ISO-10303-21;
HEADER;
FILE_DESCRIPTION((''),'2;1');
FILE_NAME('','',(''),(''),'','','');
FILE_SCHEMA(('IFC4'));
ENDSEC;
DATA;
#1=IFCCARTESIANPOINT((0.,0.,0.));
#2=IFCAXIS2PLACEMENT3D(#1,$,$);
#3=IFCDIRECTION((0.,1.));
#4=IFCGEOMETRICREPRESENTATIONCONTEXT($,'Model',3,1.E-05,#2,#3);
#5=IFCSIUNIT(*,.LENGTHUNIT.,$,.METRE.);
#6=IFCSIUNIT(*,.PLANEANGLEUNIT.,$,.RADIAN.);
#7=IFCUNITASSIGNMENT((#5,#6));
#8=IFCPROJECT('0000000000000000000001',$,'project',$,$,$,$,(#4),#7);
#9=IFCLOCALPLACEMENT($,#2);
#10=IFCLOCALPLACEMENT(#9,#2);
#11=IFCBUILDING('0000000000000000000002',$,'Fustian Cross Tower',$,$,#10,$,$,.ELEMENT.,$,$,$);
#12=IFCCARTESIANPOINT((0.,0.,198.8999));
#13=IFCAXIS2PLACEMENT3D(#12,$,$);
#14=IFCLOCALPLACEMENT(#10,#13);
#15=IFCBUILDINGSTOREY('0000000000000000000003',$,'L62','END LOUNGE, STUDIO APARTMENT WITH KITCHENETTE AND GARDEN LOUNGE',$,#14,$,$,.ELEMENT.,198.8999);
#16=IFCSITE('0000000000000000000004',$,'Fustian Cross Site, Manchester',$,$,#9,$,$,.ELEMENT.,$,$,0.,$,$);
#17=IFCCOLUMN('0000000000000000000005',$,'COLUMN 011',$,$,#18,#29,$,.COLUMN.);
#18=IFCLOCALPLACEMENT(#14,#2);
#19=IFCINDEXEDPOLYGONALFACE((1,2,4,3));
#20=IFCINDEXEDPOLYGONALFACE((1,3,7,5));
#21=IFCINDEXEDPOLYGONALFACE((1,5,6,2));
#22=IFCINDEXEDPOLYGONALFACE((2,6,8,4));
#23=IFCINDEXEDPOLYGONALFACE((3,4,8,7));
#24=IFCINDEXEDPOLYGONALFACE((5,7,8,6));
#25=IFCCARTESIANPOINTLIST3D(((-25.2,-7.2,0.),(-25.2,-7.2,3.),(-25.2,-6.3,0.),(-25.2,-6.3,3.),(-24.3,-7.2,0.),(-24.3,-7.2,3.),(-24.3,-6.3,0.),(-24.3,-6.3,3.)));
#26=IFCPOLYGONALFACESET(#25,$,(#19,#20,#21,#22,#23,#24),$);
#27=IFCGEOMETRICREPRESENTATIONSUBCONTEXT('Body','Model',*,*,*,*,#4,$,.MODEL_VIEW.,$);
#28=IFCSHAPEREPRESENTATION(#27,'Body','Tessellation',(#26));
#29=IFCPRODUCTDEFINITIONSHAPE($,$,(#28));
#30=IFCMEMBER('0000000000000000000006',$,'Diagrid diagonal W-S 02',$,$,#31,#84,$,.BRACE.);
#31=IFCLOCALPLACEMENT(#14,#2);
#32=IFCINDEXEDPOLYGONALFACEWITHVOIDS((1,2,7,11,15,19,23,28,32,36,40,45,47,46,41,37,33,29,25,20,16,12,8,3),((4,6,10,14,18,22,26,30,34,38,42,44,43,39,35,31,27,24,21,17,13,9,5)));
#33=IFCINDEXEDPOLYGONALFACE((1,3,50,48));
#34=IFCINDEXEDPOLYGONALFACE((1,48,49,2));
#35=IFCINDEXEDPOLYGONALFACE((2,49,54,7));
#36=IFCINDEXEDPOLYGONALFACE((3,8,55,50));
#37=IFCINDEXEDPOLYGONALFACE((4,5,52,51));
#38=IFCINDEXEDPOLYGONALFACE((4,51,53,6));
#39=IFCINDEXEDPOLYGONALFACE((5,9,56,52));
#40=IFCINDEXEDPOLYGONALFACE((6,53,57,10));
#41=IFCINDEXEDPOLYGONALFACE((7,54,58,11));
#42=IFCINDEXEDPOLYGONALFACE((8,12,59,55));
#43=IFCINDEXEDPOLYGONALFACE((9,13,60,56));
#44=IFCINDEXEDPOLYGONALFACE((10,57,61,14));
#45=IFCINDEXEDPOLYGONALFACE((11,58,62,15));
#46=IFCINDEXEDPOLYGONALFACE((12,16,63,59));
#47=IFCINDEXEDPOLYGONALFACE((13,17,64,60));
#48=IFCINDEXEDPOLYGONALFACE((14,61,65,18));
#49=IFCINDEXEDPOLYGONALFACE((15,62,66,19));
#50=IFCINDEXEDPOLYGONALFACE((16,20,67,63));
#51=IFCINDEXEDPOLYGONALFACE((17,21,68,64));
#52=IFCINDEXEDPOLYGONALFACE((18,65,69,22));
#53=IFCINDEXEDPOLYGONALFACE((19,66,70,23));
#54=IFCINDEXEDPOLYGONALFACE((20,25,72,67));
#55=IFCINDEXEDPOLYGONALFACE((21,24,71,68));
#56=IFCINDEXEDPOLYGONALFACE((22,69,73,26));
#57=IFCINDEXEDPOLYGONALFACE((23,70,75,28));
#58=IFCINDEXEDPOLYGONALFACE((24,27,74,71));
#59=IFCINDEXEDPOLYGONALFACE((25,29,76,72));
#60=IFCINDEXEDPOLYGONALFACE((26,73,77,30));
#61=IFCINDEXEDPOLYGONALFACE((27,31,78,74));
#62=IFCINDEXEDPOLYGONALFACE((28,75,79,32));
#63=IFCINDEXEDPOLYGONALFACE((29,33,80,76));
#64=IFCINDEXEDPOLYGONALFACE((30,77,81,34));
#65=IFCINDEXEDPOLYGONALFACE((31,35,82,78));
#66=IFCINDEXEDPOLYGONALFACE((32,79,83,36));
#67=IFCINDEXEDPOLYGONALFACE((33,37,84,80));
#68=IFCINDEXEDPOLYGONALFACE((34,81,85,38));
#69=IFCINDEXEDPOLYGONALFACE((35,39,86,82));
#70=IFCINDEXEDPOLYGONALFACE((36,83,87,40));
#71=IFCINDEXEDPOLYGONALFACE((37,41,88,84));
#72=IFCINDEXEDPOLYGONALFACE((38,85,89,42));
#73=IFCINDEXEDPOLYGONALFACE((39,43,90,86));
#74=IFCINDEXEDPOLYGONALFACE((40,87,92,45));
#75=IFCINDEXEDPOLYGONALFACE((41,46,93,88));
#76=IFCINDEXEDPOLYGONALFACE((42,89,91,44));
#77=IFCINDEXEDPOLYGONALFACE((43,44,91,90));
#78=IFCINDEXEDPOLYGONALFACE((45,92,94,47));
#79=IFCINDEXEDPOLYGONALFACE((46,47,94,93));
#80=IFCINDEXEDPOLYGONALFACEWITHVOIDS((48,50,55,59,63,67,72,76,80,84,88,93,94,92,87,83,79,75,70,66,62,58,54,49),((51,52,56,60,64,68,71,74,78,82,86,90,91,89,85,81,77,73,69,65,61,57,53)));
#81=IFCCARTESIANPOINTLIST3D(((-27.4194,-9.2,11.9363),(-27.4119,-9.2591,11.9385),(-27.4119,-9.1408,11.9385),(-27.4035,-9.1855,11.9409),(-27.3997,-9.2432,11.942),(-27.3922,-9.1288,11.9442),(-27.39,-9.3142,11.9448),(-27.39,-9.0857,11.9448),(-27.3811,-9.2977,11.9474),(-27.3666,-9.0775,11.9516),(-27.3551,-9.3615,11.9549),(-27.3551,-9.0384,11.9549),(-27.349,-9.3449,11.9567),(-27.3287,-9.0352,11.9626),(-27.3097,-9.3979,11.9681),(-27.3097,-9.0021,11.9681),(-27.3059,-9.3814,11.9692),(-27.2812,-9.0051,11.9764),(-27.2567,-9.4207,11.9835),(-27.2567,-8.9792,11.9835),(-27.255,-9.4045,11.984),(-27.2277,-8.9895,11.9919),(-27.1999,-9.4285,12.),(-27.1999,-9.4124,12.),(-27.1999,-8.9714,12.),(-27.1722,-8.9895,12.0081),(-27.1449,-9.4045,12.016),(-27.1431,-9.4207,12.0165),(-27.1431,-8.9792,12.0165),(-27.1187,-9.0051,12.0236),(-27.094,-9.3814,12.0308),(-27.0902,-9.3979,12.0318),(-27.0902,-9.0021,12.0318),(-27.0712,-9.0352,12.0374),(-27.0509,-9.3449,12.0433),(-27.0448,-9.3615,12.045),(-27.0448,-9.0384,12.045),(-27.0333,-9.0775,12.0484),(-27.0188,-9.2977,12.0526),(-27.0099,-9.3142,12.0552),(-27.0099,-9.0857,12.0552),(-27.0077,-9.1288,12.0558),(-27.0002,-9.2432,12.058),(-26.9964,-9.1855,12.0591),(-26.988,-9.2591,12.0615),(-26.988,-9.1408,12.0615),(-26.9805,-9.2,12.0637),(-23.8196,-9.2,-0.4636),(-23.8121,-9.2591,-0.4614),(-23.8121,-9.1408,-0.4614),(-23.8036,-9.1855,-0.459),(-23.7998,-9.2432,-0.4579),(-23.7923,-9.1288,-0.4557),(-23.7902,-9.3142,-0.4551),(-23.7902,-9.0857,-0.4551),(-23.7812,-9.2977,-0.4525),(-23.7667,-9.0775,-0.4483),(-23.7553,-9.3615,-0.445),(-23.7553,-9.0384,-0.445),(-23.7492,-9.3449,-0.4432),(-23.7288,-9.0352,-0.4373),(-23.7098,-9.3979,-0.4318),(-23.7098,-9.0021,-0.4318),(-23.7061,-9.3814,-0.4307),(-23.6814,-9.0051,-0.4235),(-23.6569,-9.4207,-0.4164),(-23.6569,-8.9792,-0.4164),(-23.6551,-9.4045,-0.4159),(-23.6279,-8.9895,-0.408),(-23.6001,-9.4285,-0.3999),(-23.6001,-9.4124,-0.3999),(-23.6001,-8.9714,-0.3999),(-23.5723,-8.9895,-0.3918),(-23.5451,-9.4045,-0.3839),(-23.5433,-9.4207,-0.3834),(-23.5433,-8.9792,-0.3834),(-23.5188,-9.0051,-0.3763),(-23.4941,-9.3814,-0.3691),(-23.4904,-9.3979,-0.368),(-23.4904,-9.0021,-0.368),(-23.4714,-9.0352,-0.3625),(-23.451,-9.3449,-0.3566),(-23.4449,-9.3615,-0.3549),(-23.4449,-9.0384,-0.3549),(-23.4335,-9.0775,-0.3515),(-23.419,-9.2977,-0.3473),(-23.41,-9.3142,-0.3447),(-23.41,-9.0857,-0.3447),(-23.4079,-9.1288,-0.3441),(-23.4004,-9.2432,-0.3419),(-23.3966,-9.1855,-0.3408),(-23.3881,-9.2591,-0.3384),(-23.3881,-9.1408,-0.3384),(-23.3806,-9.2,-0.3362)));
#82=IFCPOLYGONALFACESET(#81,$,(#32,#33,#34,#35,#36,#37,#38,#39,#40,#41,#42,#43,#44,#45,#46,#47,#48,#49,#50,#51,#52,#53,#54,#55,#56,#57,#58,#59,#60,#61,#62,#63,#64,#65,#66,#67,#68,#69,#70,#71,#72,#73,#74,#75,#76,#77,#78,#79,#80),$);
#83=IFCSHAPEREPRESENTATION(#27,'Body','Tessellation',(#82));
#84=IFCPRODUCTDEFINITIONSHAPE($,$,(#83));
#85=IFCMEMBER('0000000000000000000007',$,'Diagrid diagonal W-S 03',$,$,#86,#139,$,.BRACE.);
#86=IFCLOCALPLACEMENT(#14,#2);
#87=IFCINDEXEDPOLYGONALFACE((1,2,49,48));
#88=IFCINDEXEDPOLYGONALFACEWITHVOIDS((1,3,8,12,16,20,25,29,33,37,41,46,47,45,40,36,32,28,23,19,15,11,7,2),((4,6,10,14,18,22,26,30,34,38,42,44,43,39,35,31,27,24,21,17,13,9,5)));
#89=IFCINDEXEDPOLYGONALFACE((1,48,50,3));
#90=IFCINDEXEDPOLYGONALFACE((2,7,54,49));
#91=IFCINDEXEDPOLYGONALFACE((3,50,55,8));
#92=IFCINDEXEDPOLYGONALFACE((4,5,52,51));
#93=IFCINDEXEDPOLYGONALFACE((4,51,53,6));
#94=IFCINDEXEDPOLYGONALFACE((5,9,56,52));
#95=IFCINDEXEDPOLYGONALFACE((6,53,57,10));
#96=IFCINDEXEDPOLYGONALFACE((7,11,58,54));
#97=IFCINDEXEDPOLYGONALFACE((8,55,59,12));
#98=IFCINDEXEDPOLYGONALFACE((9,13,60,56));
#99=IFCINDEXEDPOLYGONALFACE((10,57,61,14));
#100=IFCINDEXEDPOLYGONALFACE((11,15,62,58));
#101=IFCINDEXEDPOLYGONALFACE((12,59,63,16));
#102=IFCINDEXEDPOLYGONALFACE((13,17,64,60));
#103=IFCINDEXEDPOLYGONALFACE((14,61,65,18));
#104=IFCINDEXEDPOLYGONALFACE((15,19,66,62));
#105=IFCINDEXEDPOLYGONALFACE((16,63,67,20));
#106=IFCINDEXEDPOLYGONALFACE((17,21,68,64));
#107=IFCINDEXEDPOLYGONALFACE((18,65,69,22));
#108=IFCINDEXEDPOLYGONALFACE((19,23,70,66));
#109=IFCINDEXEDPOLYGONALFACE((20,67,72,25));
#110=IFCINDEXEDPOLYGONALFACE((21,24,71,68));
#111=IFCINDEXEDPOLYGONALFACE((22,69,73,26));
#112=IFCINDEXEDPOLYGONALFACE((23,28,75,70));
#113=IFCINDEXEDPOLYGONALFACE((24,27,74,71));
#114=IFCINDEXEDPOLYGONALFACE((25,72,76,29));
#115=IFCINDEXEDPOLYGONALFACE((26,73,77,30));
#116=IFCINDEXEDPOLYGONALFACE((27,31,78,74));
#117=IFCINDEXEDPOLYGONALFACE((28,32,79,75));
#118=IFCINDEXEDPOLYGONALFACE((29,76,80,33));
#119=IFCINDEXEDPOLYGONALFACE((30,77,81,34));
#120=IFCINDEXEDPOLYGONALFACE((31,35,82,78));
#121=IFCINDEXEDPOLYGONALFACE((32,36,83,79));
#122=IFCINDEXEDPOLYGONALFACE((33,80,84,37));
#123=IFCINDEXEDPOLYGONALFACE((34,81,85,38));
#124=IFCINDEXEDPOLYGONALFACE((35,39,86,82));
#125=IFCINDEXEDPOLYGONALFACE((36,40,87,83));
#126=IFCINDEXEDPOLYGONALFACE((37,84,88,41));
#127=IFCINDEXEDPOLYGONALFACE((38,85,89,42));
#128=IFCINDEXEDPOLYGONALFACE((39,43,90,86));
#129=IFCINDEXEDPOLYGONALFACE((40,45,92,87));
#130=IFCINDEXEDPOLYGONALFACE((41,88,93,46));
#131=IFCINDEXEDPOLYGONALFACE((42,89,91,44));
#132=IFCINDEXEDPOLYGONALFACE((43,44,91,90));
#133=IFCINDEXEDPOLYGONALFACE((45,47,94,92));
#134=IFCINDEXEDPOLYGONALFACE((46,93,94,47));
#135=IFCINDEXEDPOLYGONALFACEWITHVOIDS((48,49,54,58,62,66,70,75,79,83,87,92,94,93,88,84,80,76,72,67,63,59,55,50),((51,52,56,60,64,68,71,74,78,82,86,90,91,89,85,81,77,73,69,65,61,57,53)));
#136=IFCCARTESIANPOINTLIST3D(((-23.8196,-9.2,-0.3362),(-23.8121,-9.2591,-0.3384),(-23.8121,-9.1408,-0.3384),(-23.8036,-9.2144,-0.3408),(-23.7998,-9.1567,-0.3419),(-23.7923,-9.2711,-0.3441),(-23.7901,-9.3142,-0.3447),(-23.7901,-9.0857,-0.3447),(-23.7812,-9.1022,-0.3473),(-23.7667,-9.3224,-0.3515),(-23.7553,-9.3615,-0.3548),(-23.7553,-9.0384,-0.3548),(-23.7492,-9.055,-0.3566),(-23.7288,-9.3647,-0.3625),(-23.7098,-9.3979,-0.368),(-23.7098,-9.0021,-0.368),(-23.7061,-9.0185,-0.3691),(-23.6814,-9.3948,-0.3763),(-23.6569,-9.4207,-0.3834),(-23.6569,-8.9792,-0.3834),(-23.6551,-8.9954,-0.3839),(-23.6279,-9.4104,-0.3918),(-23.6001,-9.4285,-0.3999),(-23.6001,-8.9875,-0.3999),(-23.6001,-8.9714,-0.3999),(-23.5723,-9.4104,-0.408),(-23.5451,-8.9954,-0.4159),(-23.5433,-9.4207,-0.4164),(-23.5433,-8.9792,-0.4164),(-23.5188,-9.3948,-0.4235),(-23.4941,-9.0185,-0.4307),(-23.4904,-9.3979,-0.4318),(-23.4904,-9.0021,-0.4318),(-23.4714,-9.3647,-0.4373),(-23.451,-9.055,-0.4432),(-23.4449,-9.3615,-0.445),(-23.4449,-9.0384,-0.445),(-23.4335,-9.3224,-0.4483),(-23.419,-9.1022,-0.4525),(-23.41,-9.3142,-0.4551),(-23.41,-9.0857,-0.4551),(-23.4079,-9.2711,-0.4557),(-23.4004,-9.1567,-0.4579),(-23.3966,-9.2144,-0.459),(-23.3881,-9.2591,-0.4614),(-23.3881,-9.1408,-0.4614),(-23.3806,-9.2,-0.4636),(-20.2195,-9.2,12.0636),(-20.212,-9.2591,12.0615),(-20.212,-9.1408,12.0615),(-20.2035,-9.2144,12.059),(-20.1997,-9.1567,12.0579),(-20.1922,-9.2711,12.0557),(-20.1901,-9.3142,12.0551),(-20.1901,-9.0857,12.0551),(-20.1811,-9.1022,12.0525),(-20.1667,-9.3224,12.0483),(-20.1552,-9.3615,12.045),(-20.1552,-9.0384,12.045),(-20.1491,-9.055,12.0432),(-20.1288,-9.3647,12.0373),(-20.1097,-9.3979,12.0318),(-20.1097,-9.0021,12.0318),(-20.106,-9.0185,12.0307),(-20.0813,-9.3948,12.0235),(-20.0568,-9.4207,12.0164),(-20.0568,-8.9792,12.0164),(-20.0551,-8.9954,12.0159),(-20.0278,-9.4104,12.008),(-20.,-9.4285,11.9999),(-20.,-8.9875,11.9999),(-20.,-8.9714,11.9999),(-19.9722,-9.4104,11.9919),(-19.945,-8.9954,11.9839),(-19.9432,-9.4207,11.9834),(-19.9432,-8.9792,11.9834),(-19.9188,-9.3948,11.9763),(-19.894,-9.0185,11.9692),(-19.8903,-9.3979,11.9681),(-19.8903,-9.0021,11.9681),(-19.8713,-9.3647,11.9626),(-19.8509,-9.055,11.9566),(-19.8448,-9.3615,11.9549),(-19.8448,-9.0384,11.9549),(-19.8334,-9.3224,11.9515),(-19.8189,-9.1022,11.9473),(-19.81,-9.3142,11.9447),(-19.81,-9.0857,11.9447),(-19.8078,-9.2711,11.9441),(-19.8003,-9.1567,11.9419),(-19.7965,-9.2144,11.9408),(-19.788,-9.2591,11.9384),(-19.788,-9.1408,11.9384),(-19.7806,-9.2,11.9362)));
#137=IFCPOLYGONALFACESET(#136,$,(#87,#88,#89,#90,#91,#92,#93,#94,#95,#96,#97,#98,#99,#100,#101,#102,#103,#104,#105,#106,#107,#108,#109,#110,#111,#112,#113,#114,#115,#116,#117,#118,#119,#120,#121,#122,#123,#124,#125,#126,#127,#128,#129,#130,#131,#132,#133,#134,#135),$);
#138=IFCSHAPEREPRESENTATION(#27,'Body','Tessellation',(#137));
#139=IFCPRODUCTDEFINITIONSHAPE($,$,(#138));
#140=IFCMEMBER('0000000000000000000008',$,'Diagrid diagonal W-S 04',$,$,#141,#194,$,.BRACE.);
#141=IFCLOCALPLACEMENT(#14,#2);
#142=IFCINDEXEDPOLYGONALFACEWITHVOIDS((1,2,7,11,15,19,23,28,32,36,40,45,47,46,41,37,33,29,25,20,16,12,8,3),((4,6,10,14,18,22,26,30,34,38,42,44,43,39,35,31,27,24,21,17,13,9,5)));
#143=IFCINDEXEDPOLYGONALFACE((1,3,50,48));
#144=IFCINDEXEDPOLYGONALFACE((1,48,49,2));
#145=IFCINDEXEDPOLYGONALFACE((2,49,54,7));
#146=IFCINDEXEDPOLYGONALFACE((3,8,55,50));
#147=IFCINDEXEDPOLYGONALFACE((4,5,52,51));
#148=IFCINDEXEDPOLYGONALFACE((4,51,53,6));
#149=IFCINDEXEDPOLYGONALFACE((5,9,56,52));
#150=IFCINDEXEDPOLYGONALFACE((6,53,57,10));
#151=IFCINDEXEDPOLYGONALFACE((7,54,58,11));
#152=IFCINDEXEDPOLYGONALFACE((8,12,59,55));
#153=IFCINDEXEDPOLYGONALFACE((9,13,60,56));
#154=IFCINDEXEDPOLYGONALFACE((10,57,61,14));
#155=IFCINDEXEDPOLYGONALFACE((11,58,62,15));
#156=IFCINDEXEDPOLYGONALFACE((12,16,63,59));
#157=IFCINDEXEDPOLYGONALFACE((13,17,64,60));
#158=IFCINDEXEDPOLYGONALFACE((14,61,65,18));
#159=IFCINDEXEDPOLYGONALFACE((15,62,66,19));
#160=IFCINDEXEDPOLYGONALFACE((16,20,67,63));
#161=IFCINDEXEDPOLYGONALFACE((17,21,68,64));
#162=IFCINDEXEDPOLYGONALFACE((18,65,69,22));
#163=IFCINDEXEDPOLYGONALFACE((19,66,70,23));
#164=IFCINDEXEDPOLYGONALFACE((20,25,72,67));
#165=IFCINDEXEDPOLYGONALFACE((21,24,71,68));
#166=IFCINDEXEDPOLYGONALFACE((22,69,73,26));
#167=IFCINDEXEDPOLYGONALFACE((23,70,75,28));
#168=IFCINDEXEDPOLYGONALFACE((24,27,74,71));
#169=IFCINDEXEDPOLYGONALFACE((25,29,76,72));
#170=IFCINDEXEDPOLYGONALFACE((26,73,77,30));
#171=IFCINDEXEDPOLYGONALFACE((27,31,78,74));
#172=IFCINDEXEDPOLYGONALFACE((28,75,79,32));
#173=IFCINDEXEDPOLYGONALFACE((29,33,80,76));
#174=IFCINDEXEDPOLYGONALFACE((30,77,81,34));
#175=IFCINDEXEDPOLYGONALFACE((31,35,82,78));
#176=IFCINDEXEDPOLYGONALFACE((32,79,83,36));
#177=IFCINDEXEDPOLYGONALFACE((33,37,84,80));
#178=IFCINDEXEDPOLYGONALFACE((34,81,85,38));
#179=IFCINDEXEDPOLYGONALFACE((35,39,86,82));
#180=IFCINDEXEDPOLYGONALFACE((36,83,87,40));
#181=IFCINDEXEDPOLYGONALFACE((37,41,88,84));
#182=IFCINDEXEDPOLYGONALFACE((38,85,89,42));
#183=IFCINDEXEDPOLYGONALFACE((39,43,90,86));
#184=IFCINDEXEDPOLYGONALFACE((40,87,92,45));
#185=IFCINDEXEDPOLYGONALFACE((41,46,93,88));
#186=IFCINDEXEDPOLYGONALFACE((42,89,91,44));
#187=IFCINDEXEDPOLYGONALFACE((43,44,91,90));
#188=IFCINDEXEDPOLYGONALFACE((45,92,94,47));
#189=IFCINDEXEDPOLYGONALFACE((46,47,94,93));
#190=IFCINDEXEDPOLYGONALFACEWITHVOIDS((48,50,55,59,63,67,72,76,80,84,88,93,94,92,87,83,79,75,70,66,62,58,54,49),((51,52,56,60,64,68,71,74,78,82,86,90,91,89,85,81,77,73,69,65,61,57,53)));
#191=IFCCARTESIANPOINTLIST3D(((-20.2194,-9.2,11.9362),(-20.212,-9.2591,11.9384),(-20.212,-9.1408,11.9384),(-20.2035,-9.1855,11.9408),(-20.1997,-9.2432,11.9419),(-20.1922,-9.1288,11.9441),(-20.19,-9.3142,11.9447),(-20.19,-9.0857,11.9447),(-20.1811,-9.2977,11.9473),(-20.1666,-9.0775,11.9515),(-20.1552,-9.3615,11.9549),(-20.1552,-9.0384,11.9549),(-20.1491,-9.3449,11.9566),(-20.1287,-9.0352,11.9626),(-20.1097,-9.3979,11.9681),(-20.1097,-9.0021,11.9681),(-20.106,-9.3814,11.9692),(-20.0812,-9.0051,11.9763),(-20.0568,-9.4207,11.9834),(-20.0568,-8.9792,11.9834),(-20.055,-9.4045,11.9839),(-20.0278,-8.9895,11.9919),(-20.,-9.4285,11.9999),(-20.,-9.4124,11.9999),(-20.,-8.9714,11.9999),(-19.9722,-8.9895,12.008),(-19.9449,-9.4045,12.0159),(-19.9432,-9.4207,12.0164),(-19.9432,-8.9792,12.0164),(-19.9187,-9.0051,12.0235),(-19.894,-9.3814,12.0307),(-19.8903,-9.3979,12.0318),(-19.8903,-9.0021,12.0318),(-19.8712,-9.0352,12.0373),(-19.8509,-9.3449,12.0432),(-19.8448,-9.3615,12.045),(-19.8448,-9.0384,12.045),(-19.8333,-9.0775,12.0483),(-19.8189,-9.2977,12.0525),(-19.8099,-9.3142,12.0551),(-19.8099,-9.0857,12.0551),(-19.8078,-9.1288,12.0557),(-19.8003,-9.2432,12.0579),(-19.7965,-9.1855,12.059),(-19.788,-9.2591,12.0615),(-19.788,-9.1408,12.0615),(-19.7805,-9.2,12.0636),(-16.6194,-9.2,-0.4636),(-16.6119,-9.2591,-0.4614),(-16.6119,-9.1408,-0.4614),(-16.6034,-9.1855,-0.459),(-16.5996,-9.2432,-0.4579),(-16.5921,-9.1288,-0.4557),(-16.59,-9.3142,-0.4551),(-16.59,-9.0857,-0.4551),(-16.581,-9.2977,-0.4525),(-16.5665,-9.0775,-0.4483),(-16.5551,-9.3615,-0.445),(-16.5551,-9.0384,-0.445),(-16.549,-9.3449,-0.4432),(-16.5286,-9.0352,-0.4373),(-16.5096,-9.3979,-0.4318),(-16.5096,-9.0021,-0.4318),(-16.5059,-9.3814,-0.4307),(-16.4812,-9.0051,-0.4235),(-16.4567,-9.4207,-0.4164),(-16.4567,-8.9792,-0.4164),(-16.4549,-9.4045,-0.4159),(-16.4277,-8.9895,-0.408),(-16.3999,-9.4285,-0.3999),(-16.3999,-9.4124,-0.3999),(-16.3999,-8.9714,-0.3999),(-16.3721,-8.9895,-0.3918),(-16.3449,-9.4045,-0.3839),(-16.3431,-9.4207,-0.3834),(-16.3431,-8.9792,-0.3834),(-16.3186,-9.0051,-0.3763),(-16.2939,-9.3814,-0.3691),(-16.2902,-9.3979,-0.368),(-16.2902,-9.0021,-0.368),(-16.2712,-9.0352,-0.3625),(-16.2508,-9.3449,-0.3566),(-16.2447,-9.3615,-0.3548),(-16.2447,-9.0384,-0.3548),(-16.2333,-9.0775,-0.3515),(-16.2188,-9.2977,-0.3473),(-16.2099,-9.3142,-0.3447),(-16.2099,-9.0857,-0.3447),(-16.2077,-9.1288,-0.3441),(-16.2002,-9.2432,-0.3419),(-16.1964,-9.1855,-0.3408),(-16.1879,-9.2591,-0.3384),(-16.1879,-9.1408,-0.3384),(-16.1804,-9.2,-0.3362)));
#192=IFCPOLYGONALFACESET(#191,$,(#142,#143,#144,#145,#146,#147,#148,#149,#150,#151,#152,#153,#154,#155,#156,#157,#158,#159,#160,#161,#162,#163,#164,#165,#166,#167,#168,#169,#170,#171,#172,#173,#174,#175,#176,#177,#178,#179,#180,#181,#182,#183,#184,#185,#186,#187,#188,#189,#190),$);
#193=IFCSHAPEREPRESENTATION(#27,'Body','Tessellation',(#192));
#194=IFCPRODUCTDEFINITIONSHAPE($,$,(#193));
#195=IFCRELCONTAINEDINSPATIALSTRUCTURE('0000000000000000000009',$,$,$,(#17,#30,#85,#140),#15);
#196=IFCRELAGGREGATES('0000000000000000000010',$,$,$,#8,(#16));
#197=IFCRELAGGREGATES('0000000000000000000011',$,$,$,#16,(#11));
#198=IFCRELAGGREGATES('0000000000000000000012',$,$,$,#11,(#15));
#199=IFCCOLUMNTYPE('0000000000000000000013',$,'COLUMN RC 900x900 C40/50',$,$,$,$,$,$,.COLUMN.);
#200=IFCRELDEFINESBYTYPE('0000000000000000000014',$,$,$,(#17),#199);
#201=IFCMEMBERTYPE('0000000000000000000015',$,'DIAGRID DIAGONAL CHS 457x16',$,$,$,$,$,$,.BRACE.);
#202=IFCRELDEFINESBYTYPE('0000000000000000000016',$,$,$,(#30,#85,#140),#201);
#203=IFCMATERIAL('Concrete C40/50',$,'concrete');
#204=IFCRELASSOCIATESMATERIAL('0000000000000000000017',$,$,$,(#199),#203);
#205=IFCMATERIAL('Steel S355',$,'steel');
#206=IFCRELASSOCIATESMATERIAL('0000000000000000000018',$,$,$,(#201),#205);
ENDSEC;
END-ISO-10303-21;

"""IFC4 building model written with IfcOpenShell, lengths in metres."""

from ifc_helpers import new_model, si_unit, direction, frame, origin, origin_2d, place, context, subcontext, project, spatial, rectangle, hollow_circle, extrude, material, material_profile, profile_set, type_object, element, save


model = new_model("IFC4")

# Units and contexts
model_context = context("Model", 3, precision=1e-05, world=origin(), true_north=direction((0.0, 1.0)))
body_context = subcontext(model_context, "Body", "Model", "MODEL_VIEW")
ifc_project = project(units=[si_unit("LENGTHUNIT", "METRE"), si_unit("PLANEANGLEUNIT", "RADIAN")], contexts=[model_context])

# Site, building, storey
site_placement = place(None, origin())
site = spatial("IfcSite", under=ifc_project, at=site_placement, Name="Fustian Cross Site, Manchester", CompositionType="ELEMENT", RefElevation=0.0)
building_placement = place(site_placement, origin())
building = spatial("IfcBuilding", under=site, at=building_placement, Name="Fustian Cross Tower", CompositionType="ELEMENT")
storey_placement = place(building_placement, frame((0.0, 0.0, 198.8999)))
storey = spatial("IfcBuildingStorey", under=building, at=storey_placement, Name="L62", Description="END LOUNGE, STUDIO APARTMENT WITH KITCHENETTE AND GARDEN LOUNGE", CompositionType="ELEMENT", Elevation=198.8999)

# Column
ifc_material_1 = material(Name="Concrete C40/50", Category="concrete")
ifc_material_profile_1 = material_profile(ifc_material_1, rectangle(XDim=0.8999, YDim=0.8999, at=origin_2d()), Name="RC 900x900")
ifc_profile_set_1 = profile_set([ifc_material_profile_1], Name="Concrete C40/50")
column_type = type_object("IfcColumnType", Name="COLUMN RC 900x900 C40/50", PredefinedType="COLUMN", material=ifc_profile_set_1)
column_placement = place(storey_placement, frame((-24.75, -6.75, 0.0), z_axis=(0.0, 0.0, 1.0), x_axis=(1.0, 0.0, 0.0)))
element("IfcColumn", 1, at=column_placement, inside=storey, type_object=column_type, Name="COLUMN 011", PredefinedType="COLUMN", context=body_context, shape_type="SweptSolid", body=[
    extrude(rectangle(XDim=0.8999, YDim=0.8999, at=origin_2d()), origin(), (0.0, 0.0, 1.0), 3.0),
])

# Members
ifc_material_2 = material(Name="Steel S355", Category="steel")
ifc_material_profile_2 = material_profile(ifc_material_2, hollow_circle(Radius=0.2285, WallThickness=0.0161, at=origin_2d()), Name="CHS 457x16")
ifc_profile_set_2 = profile_set([ifc_material_profile_2], Name="Steel S355")
member_type_1 = type_object("IfcMemberType", Name="DIAGRID DIAGONAL CHS 457x16", PredefinedType="BRACE", material=ifc_profile_set_2)
for number, where, z_axis, x_axis, name in (
    (2, (-23.6001, -9.2, -0.3999), (-0.278802, 0.0, 0.960349), (0.0, -1.0, 0.0), "Diagrid diagonal W-S 02"),
    (3, (-23.6001, -9.2, -0.3999), (0.278819, 0.0, 0.960344), (0.0, 1.0, 0.0), "Diagrid diagonal W-S 03"),
    (4, (-16.3999, -9.2, -0.3999), (-0.278819, 0.0, 0.960344), (0.0, -1.0, 0.0), "Diagrid diagonal W-S 04"),
):
    element("IfcMember", number, at=place(storey_placement, frame(where, z_axis=z_axis, x_axis=x_axis)), inside=storey, type_object=member_type_1, Name=name, PredefinedType="BRACE", context=body_context, shape_type="SweptSolid", body=[
        extrude(hollow_circle(Radius=0.2285, WallThickness=0.0161, at=origin_2d()), origin(), (0.0, 0.0, 1.0), 12.9119),
    ])

save(model, "model.ifc")
